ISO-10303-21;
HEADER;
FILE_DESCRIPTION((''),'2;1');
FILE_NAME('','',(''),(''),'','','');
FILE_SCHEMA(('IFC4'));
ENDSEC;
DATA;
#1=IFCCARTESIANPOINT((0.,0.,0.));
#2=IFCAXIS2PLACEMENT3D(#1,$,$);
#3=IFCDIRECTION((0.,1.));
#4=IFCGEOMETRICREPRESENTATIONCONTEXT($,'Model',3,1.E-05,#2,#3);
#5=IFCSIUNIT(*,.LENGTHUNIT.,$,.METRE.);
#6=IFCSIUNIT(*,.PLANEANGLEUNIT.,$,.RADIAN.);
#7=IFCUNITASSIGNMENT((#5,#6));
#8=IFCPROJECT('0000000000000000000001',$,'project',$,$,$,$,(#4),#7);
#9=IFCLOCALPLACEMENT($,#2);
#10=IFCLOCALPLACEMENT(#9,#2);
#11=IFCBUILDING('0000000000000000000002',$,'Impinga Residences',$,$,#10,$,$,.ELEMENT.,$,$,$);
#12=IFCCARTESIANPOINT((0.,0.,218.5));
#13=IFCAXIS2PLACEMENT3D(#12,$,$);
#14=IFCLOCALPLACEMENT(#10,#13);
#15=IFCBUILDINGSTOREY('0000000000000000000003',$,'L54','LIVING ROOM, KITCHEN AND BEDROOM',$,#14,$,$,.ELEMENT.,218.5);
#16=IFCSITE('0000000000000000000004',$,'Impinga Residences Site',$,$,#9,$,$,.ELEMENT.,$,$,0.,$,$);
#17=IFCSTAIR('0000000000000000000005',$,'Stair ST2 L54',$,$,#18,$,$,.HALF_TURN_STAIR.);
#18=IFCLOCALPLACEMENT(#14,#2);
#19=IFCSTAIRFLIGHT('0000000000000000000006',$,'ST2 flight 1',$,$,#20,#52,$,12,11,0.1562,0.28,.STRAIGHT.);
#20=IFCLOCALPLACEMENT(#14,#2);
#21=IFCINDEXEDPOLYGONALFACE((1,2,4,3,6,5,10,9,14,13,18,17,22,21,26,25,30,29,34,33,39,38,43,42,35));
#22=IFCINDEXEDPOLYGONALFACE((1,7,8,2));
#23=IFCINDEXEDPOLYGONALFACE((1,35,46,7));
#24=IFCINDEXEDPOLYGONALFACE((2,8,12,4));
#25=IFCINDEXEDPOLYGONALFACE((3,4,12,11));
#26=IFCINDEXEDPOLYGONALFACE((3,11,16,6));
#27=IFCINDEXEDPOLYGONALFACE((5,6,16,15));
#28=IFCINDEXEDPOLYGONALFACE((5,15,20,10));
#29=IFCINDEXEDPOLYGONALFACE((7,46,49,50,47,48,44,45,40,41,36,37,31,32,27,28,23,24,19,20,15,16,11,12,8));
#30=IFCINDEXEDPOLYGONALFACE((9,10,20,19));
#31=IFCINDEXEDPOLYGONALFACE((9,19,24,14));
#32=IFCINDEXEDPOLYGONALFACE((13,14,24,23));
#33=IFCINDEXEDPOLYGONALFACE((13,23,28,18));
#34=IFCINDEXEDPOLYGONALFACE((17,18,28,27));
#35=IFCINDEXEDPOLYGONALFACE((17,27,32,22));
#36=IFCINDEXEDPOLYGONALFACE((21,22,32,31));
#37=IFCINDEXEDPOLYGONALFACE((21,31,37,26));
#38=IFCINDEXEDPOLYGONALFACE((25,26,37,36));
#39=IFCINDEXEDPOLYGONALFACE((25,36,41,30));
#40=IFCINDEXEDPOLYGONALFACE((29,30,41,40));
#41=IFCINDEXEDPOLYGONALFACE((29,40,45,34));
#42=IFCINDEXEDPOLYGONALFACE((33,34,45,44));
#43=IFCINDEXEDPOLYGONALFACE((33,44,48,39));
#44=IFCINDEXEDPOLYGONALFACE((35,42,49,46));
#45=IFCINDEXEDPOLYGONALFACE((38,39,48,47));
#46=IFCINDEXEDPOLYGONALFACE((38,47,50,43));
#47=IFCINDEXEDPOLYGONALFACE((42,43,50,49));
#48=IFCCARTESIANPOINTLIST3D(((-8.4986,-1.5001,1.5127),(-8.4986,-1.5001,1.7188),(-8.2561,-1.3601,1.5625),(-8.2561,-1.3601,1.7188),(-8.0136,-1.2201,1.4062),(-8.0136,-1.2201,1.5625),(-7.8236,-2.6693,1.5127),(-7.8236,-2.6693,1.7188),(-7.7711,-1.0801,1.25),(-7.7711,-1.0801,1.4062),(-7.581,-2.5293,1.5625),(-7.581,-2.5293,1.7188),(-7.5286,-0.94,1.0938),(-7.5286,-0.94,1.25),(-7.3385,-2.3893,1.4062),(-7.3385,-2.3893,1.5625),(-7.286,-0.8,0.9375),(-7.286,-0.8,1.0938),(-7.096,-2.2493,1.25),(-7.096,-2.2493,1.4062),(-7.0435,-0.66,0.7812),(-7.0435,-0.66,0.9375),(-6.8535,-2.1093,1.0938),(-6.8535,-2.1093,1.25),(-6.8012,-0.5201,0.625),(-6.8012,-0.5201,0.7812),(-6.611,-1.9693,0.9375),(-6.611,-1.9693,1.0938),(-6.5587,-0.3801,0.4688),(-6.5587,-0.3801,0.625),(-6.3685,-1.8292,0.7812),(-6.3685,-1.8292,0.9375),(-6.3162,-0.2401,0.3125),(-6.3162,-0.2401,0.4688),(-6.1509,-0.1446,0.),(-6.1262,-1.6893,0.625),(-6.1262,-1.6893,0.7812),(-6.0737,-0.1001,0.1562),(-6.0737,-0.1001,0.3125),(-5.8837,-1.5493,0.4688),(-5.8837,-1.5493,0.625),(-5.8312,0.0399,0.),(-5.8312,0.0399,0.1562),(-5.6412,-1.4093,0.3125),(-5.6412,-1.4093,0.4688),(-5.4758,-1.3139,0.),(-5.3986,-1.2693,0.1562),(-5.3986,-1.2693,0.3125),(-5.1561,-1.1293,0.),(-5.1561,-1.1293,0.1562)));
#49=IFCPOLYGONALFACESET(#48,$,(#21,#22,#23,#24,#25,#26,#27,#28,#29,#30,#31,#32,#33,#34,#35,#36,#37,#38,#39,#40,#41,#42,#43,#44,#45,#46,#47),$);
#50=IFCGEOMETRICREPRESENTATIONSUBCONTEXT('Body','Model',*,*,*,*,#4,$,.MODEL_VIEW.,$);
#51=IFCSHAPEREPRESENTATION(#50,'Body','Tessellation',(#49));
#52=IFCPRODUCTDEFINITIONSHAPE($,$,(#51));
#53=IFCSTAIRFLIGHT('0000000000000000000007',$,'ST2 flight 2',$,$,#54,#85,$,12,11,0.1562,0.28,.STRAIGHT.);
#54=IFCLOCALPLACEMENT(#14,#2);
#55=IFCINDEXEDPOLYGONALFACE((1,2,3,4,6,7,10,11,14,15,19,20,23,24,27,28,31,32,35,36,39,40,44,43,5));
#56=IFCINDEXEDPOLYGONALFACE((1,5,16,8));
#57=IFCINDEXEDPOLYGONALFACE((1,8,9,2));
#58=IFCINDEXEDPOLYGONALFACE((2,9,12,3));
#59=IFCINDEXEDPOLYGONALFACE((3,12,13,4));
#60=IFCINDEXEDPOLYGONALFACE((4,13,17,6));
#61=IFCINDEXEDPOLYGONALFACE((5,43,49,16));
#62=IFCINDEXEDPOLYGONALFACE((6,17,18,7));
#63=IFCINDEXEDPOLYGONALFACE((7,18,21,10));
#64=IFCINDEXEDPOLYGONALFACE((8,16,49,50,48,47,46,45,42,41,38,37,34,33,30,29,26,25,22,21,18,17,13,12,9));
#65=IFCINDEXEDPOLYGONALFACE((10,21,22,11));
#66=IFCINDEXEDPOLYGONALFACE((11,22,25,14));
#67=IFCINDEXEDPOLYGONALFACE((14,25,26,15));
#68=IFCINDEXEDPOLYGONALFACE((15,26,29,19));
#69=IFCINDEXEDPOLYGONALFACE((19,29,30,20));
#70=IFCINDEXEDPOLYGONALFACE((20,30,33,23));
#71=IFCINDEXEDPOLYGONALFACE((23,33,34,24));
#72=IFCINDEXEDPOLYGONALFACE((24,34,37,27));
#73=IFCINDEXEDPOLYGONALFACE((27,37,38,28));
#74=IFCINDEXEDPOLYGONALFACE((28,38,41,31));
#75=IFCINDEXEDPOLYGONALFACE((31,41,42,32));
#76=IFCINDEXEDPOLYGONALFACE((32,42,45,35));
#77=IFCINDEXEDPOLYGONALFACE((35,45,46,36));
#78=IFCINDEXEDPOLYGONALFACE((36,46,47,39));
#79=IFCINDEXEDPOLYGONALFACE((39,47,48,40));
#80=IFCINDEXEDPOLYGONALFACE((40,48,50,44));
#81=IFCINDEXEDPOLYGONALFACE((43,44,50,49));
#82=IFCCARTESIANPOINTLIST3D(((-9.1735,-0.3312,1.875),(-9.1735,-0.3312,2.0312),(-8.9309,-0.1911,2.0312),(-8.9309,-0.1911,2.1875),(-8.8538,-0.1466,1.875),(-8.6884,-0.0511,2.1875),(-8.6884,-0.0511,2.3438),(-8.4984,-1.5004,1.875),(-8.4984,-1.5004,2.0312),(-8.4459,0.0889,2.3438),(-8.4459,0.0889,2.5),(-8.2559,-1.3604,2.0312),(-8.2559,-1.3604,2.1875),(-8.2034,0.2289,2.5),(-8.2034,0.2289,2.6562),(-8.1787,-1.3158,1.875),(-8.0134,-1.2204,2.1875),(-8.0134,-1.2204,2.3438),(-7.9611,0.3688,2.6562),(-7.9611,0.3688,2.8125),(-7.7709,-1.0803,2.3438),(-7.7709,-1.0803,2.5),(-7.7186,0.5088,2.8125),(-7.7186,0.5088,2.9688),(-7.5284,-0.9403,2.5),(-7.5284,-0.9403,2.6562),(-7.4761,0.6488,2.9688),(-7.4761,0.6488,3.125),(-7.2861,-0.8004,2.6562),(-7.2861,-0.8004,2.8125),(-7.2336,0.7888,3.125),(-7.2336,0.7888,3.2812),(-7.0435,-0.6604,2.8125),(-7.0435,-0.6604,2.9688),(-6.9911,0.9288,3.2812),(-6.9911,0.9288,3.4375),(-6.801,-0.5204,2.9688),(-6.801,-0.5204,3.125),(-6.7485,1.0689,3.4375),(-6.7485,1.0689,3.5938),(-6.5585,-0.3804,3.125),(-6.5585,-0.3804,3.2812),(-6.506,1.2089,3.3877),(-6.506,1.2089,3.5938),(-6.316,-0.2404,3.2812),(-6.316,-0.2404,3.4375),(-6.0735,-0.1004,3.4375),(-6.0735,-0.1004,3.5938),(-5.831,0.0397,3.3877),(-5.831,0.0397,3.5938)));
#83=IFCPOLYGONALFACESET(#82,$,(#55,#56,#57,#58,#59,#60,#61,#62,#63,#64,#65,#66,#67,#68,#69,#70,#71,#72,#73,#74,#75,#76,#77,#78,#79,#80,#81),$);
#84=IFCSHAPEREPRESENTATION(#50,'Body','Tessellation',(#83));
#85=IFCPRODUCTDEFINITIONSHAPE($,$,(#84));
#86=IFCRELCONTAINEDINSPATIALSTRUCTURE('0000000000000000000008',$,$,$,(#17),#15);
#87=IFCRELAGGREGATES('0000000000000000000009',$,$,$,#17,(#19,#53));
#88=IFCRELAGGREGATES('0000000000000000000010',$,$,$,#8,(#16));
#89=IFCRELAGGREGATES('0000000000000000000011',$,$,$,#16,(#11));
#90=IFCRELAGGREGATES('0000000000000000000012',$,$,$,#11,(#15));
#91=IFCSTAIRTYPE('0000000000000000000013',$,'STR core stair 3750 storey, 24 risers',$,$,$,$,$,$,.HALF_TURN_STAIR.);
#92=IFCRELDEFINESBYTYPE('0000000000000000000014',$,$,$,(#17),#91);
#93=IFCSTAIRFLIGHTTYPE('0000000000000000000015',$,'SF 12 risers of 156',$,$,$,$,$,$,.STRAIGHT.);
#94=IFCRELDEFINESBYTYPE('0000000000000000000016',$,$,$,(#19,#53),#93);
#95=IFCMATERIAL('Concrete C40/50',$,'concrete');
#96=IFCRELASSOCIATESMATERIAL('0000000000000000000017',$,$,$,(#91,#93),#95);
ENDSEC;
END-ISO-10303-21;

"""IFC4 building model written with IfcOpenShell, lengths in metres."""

from ifc_helpers import new_model, si_unit, direction, frame, origin, place, context, subcontext, project, spatial, polyline, outline, extrude, material, type_object, element, aggregate, save


model = new_model("IFC4")

# Units and contexts
model_context = context("Model", 3, precision=1e-05, world=origin(), true_north=direction((0.0, 1.0)))
body_context = subcontext(model_context, "Body", "Model", "MODEL_VIEW")
ifc_project = project(units=[si_unit("LENGTHUNIT", "METRE"), si_unit("PLANEANGLEUNIT", "RADIAN")], contexts=[model_context])

# Site, building, storey
site_placement = place(None, origin())
site = spatial("IfcSite", under=ifc_project, at=site_placement, Name="Impinga Residences Site", CompositionType="ELEMENT", RefElevation=0.0)
building_placement = place(site_placement, origin())
building = spatial("IfcBuilding", under=site, at=building_placement, Name="Impinga Residences", CompositionType="ELEMENT")
storey_placement = place(building_placement, frame((0.0, 0.0, 218.5)))
storey = spatial("IfcBuildingStorey", under=building, at=storey_placement, Name="L54", Description="LIVING ROOM, KITCHEN AND BEDROOM", CompositionType="ELEMENT", Elevation=218.5)

# Stair, stair flights
ifc_material_1 = material(Name="Concrete C40/50", Category="concrete")
stair_type = type_object("IfcStairType", Name="STR core stair 3750 storey, 24 risers", PredefinedType="HALF_TURN_STAIR", material=ifc_material_1)
stair_placement = place(storey_placement, origin())
stair = element("IfcStair", 1, at=stair_placement, inside=storey, type_object=stair_type, Name="Stair ST2 L54", PredefinedType="HALF_TURN_STAIR")
stair_flight_type = type_object("IfcStairFlightType", Name="SF 12 risers of 156", PredefinedType="STRAIGHT", material=ifc_material_1)
stair_flight_1_placement = place(storey_placement, frame((-5.4937, -0.5447, 0.0), z_axis=(0.0, 0.0, 1.0), x_axis=(-0.866025, -0.5, 0.0)))
stair_flight_1 = element("IfcStairFlight", 2, at=stair_flight_1_placement, type_object=stair_flight_type, Name="ST2 flight 1", NumberOfRisers=12, NumberOfTreads=11, PredefinedType="STRAIGHT", RiserHeight=0.1562, TreadLength=0.28, context=body_context, shape_type="SweptSolid", body=[
    extrude(outline(polyline([(0.0, 0.0), (0.0, 0.1562), (0.28, 0.1562), (0.28, 0.3125), (0.5601, 0.3125), (0.5601, 0.4688), (0.8401, 0.4688), (0.8401, 0.625), (1.1201, 0.625), (1.1201, 0.7812), (1.3999, 0.7812), (1.3999, 0.9375), (1.6799, 0.9375), (1.6799, 1.0938), (1.96, 1.0938), (1.96, 1.25), (2.24, 1.25), (2.24, 1.4062), (2.52, 1.4062), (2.52, 1.5625), (2.8, 1.5625), (2.8, 1.7188), (3.0801, 1.7188), (3.0801, 1.875), (3.0801, 1.5127), (0.3691, 0.0), (0.0, 0.0)])), frame((0.0, 0.675, 0.0), z_axis=(0.0, -1.0, 0.0), x_axis=(1.0, 0.0, 0.0)), (0.0, 0.0, 1.0), 1.3501),
])
stair_flight_2_placement = place(storey_placement, frame((-8.8359, -0.9158, 1.875), z_axis=(0.0, 0.0, 1.0), x_axis=(0.866025, 0.5, 0.0)))
stair_flight_2 = element("IfcStairFlight", 3, at=stair_flight_2_placement, type_object=stair_flight_type, Name="ST2 flight 2", NumberOfRisers=12, NumberOfTreads=11, PredefinedType="STRAIGHT", RiserHeight=0.1562, TreadLength=0.28, context=body_context, shape_type="SweptSolid", body=[
    extrude(outline(polyline([(0.0, 0.0), (0.0, 0.1562), (0.28, 0.1562), (0.28, 0.3125), (0.5601, 0.3125), (0.5601, 0.4688), (0.8401, 0.4688), (0.8401, 0.625), (1.1201, 0.625), (1.1201, 0.7812), (1.3999, 0.7812), (1.3999, 0.9375), (1.6799, 0.9375), (1.6799, 1.0938), (1.96, 1.0938), (1.96, 1.25), (2.24, 1.25), (2.24, 1.4062), (2.52, 1.4062), (2.52, 1.5625), (2.8, 1.5625), (2.8, 1.7188), (3.0801, 1.7188), (3.0801, 1.875), (3.0801, 1.5127), (0.3691, 0.0), (0.0, 0.0)])), frame((0.0, 0.675, 0.0), z_axis=(0.0, -1.0, 0.0), x_axis=(1.0, 0.0, 0.0)), (0.0, 0.0, 1.0), 1.3501),
])
aggregate(stair, [stair_flight_1, stair_flight_2])

save(model, "model.ifc")
